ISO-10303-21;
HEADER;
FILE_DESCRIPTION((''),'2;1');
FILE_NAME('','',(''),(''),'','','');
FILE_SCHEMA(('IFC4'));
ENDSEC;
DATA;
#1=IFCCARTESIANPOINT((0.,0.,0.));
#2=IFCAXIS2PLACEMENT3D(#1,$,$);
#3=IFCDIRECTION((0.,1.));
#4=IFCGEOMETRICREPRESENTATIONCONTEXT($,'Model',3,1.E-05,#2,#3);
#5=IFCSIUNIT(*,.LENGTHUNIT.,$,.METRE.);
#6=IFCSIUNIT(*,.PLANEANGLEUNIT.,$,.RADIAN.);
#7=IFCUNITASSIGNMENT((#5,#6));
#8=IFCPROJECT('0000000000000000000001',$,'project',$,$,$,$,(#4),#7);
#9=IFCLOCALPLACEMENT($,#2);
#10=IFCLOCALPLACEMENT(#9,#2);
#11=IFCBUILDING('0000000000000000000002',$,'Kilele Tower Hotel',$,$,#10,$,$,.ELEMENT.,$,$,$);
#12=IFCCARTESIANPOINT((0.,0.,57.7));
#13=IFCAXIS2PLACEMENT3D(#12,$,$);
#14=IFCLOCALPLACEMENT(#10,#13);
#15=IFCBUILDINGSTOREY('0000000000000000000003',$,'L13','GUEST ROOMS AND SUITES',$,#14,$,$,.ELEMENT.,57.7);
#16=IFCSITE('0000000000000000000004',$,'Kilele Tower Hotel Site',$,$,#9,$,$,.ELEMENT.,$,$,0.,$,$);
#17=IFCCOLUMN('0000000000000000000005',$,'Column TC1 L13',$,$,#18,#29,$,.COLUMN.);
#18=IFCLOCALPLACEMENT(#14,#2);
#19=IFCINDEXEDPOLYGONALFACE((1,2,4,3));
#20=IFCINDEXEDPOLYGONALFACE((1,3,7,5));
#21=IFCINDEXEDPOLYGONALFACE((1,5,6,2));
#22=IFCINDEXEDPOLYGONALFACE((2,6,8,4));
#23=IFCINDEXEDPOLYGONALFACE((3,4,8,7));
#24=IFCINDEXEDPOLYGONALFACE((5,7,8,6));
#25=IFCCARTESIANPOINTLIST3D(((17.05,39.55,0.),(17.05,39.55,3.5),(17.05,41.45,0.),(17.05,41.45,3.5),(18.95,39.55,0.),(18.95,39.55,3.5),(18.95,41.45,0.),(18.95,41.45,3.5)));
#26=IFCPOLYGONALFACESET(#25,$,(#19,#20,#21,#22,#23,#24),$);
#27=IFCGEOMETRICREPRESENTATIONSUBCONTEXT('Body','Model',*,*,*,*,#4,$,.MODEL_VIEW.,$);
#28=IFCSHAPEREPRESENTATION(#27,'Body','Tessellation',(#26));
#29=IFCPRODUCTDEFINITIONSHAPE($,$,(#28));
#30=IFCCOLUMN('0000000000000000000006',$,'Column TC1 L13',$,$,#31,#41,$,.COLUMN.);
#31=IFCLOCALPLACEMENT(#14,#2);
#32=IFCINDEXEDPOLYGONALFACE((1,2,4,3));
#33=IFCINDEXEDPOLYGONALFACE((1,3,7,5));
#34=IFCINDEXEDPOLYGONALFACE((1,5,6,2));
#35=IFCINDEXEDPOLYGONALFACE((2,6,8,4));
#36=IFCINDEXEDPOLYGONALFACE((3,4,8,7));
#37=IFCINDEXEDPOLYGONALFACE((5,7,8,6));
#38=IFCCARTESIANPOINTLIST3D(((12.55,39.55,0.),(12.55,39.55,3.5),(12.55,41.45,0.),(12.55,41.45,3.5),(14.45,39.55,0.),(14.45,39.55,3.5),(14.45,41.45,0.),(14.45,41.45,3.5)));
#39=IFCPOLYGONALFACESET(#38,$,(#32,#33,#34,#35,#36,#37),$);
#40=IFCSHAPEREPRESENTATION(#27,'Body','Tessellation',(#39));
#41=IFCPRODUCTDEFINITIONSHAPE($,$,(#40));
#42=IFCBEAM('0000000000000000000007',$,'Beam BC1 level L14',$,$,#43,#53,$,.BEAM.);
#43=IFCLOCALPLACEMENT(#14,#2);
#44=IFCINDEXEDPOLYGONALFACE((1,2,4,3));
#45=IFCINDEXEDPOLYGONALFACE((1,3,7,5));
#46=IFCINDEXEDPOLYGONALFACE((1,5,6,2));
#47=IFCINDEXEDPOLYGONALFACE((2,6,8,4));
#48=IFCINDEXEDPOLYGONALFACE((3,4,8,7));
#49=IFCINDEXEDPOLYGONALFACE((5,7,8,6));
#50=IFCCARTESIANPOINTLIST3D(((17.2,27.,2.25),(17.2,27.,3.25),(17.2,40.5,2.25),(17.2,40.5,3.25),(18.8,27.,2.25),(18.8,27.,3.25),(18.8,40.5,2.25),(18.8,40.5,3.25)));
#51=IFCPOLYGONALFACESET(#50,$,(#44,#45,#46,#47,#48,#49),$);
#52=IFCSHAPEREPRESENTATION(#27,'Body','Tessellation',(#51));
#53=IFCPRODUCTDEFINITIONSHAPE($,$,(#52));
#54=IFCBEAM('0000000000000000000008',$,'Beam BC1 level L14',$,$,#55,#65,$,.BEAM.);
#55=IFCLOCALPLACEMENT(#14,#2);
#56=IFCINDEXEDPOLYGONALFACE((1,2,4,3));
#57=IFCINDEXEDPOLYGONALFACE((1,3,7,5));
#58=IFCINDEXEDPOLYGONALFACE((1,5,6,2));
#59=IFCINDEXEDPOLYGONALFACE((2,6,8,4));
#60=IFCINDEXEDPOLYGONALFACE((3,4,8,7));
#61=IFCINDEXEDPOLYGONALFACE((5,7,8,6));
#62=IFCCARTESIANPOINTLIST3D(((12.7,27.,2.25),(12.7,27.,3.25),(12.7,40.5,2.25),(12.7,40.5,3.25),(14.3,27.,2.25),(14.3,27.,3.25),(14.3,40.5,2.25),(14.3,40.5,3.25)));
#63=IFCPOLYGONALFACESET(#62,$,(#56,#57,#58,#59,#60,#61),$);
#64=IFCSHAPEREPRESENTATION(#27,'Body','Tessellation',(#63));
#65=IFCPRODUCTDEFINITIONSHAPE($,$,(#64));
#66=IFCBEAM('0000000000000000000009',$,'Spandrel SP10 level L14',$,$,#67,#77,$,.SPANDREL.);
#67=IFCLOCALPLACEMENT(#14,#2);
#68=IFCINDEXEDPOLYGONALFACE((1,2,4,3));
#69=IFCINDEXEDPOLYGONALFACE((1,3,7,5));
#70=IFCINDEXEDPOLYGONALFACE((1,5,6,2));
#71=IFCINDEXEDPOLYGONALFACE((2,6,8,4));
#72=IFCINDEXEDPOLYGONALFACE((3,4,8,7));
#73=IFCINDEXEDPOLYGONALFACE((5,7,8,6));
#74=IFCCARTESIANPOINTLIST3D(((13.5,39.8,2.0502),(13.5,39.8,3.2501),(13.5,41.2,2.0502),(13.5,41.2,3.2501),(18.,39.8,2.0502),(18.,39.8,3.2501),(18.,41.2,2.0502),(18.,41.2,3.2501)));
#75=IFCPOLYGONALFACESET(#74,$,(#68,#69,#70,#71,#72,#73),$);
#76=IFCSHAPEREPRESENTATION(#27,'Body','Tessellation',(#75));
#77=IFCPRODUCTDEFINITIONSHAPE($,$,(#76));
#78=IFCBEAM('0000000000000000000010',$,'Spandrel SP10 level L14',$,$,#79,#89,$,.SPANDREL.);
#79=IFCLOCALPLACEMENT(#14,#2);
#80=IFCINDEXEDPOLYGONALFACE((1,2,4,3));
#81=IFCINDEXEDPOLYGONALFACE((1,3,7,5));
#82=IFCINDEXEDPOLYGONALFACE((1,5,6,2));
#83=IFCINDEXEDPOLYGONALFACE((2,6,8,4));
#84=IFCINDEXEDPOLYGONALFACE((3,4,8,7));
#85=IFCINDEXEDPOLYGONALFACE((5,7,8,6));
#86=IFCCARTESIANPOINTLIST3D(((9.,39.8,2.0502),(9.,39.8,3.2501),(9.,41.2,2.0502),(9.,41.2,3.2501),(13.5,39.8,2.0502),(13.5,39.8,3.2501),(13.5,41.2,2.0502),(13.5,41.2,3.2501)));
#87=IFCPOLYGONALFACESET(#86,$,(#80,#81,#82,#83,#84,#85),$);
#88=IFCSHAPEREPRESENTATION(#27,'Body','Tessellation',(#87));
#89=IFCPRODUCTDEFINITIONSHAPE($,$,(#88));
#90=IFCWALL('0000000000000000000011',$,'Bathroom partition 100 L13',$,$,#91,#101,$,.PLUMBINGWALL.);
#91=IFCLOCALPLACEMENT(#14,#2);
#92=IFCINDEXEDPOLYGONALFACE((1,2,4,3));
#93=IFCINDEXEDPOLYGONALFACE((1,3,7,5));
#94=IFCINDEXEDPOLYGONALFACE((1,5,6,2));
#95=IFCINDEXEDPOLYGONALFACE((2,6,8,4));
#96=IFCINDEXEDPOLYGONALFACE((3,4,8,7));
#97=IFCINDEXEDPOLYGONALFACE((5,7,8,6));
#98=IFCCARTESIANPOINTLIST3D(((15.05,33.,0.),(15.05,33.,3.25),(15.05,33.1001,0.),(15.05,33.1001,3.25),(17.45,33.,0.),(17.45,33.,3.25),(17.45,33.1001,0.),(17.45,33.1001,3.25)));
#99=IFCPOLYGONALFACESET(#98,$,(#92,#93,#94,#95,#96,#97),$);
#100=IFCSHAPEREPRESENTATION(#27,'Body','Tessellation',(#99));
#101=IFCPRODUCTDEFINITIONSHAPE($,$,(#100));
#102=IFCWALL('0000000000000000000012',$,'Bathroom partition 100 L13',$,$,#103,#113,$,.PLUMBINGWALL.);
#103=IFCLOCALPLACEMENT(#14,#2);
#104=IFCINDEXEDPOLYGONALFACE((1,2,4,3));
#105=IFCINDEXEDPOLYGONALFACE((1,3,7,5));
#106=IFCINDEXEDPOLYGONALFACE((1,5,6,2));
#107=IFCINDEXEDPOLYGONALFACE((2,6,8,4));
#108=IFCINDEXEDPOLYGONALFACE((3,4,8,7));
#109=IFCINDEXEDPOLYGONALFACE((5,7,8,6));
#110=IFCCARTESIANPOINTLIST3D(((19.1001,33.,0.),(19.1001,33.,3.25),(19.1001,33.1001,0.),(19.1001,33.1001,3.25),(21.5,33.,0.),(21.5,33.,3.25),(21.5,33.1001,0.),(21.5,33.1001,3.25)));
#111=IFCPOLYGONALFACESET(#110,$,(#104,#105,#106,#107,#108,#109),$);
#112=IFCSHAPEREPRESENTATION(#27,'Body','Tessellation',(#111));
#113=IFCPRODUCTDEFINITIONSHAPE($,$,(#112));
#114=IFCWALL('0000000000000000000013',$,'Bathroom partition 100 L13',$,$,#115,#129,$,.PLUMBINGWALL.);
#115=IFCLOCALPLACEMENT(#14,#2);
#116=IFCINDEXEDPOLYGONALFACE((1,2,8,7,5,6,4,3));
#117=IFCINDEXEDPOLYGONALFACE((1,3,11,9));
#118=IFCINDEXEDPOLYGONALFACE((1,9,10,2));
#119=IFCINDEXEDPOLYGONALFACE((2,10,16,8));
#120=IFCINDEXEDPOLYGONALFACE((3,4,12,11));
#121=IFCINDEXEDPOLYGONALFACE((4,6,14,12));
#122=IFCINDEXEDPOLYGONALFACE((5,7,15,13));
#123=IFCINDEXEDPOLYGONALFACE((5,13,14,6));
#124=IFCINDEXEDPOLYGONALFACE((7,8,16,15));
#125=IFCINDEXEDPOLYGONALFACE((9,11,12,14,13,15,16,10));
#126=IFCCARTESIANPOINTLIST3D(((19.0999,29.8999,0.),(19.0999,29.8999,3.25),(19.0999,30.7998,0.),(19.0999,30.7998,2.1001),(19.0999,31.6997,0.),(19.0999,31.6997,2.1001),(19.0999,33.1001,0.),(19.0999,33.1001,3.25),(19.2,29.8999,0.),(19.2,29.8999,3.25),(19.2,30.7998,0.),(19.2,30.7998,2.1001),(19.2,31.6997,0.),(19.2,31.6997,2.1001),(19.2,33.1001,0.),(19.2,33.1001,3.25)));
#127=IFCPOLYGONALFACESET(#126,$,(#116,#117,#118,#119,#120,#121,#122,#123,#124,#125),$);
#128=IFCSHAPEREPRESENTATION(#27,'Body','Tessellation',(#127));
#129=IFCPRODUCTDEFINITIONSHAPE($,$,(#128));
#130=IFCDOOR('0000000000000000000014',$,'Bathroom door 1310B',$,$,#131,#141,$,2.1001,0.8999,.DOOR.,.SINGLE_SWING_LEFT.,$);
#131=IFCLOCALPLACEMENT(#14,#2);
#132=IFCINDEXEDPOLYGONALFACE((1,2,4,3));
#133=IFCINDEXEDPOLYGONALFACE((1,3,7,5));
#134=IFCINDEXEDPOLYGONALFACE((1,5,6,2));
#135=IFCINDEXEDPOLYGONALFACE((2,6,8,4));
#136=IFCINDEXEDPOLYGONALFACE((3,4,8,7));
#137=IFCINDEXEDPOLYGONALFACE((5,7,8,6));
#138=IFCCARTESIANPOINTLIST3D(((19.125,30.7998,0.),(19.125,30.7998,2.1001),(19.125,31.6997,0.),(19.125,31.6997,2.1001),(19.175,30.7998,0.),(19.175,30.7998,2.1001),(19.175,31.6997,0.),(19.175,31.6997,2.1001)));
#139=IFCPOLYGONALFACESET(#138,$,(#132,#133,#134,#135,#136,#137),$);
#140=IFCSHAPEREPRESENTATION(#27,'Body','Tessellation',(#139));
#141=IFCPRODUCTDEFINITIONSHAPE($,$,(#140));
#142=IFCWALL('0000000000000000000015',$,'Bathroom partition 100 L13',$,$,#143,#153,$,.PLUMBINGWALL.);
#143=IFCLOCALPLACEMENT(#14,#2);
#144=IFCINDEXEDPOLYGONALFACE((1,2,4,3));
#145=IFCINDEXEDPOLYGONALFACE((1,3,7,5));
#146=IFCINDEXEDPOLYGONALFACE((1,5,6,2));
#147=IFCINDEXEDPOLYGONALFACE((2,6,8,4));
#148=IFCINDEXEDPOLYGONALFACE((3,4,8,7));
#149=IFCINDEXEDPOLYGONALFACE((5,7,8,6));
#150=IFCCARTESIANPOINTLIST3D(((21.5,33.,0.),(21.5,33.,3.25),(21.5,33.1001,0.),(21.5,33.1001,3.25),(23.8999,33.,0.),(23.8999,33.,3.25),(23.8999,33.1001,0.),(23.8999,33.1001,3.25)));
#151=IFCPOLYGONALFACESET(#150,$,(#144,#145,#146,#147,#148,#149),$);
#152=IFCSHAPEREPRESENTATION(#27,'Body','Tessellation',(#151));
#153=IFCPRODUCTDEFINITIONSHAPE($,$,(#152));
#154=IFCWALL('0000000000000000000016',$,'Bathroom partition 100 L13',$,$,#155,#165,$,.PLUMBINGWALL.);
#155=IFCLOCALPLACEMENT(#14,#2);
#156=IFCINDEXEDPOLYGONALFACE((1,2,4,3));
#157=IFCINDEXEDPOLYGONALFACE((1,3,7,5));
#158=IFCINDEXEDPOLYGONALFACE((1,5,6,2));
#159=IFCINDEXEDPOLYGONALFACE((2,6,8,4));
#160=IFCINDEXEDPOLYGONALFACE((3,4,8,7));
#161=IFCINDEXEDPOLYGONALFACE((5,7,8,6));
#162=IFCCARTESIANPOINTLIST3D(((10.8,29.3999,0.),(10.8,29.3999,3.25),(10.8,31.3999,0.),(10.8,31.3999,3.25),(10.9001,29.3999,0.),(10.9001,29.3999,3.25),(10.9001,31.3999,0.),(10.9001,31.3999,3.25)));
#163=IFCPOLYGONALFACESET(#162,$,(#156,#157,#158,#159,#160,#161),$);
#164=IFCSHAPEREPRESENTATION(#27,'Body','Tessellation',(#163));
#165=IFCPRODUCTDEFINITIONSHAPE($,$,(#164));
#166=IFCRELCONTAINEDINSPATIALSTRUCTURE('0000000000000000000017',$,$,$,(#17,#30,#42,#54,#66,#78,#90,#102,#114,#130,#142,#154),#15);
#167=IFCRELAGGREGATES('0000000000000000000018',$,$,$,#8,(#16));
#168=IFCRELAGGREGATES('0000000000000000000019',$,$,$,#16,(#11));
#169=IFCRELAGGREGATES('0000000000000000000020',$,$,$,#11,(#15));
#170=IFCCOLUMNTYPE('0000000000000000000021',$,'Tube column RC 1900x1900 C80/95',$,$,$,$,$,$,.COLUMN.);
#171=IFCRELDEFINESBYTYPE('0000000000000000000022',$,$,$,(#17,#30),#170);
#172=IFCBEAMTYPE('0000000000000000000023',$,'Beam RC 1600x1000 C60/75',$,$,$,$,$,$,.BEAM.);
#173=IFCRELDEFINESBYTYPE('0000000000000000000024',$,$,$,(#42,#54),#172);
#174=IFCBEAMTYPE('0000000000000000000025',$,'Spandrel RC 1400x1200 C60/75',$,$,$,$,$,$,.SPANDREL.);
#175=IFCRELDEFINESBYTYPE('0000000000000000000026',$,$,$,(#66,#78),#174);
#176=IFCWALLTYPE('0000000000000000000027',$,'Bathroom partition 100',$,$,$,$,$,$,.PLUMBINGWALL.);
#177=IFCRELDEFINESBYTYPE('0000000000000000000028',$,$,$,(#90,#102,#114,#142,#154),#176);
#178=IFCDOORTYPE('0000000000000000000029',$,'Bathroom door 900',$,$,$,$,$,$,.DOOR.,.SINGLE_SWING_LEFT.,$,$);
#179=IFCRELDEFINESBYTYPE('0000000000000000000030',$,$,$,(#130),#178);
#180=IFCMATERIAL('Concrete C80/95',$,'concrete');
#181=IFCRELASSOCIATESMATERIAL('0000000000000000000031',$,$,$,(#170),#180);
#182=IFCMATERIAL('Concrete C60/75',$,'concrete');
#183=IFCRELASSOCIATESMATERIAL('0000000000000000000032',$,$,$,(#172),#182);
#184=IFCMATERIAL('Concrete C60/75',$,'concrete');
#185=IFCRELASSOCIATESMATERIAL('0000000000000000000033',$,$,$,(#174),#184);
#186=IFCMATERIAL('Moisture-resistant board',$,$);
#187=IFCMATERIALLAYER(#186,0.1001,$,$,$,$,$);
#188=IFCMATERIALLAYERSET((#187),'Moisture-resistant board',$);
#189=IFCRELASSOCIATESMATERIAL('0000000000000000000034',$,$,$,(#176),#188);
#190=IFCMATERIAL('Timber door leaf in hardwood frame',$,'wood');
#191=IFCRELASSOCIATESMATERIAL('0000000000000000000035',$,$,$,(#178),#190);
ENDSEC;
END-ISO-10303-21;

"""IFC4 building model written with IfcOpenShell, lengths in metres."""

from ifc_helpers import new_model, si_unit, direction, frame, frame_2d, origin, origin_2d, place, context, subcontext, project, spatial, rectangle, extrude, material, layer, layer_set, material_profile, profile_set, type_object, element, fill, save


model = new_model("IFC4")

# Units and contexts
model_context = context("Model", 3, precision=1e-05, world=origin(), true_north=direction((0.0, 1.0)))
body_context = subcontext(model_context, "Body", "Model", "MODEL_VIEW")
ifc_project = project(units=[si_unit("LENGTHUNIT", "METRE"), si_unit("PLANEANGLEUNIT", "RADIAN")], contexts=[model_context])

# Site, building, storey
site_placement = place(None, origin())
site = spatial("IfcSite", under=ifc_project, at=site_placement, Name="Kilele Tower Hotel Site", CompositionType="ELEMENT", RefElevation=0.0)
building_placement = place(site_placement, origin())
building = spatial("IfcBuilding", under=site, at=building_placement, Name="Kilele Tower Hotel", CompositionType="ELEMENT")
storey_placement = place(building_placement, frame((0.0, 0.0, 57.7)))
storey = spatial("IfcBuildingStorey", under=building, at=storey_placement, Name="L13", Description="GUEST ROOMS AND SUITES", CompositionType="ELEMENT", Elevation=57.7)

# Columns
ifc_material_1 = material(Name="Concrete C80/95", Category="concrete")
ifc_material_profile_1 = material_profile(ifc_material_1, rectangle(XDim=1.8999, YDim=1.8999, at=origin_2d()))
ifc_profile_set_1 = profile_set([ifc_material_profile_1], Name="Concrete C80/95")
column_type = type_object("IfcColumnType", Name="Tube column RC 1900x1900 C80/95", PredefinedType="COLUMN", material=ifc_profile_set_1)
for number, where, z_axis, x_axis, name in (
    (1, (18.0, 40.5, 0.0), (0.0, 0.0, 1.0), (1.0, 0.0, 0.0), "Column TC1 L13"),
    (2, (13.5, 40.5, 0.0), (0.0, 0.0, 1.0), (1.0, 0.0, 0.0), "Column TC1 L13"),
):
    element("IfcColumn", number, at=place(storey_placement, frame(where, z_axis=z_axis, x_axis=x_axis)), inside=storey, type_object=column_type, Name=name, PredefinedType="COLUMN", context=body_context, shape_type="SweptSolid", body=[
        extrude(rectangle(XDim=1.8999, YDim=1.8999, at=origin_2d()), origin(), (0.0, 0.0, 1.0), 3.5),
    ])

# Beams
ifc_material_2 = material(Name="Concrete C60/75", Category="concrete")
ifc_material_profile_2 = material_profile(ifc_material_2, rectangle(XDim=1.6001, YDim=1.0, at=origin_2d()))
ifc_profile_set_2 = profile_set([ifc_material_profile_2], Name="Concrete C60/75")
beam_type_1 = type_object("IfcBeamType", Name="Beam RC 1600x1000 C60/75", PredefinedType="BEAM", material=ifc_profile_set_2)
for number, where, z_axis, x_axis, name in (
    (3, (18.0, 40.5, 2.75), (0.0, -1.0, 0.0), (1.0, 0.0, 0.0), "Beam BC1 level L14"),
    (4, (13.5, 40.5, 2.75), (0.0, -1.0, 0.0), (1.0, 0.0, 0.0), "Beam BC1 level L14"),
):
    element("IfcBeam", number, at=place(storey_placement, frame(where, z_axis=z_axis, x_axis=x_axis)), inside=storey, type_object=beam_type_1, Name=name, PredefinedType="BEAM", context=body_context, shape_type="SweptSolid", body=[
        extrude(rectangle(XDim=1.6001, YDim=1.0, at=origin_2d()), origin(), (0.0, 0.0, 1.0), 13.5),
    ])
ifc_material_3 = material(Name="Concrete C60/75", Category="concrete")
ifc_material_profile_3 = material_profile(ifc_material_3, rectangle(XDim=1.3999, YDim=1.2, at=origin_2d()))
ifc_profile_set_3 = profile_set([ifc_material_profile_3], Name="Concrete C60/75")
beam_type_2 = type_object("IfcBeamType", Name="Spandrel RC 1400x1200 C60/75", PredefinedType="SPANDREL", material=ifc_profile_set_3)
for number, where, z_axis, x_axis, name in (
    (5, (18.0, 40.5, 2.6501), (-1.0, 0.0, 0.0), (0.0, -1.0, 0.0), "Spandrel SP10 level L14"),
    (6, (13.5, 40.5, 2.6501), (-1.0, 0.0, 0.0), (0.0, -1.0, 0.0), "Spandrel SP10 level L14"),
):
    element("IfcBeam", number, at=place(storey_placement, frame(where, z_axis=z_axis, x_axis=x_axis)), inside=storey, type_object=beam_type_2, Name=name, PredefinedType="SPANDREL", context=body_context, shape_type="SweptSolid", body=[
        extrude(rectangle(XDim=1.3999, YDim=1.2, at=origin_2d()), origin(), (0.0, 0.0, 1.0), 4.5),
    ])

# Walls
ifc_material_4 = material(Name="Moisture-resistant board")
ifc_layer_1 = layer(ifc_material_4, 0.1001)
ifc_layer_set_1 = layer_set([ifc_layer_1], Name="Moisture-resistant board")
wall_type_1 = type_object("IfcWallType", Name="Bathroom partition 100", PredefinedType="PLUMBINGWALL", material=ifc_layer_set_1)
for number, where, z_axis, x_axis, name in (
    (7, (15.05, 33.05, 0.0), (0.0, 0.0, 1.0), (1.0, 0.0, 0.0), "Bathroom partition 100 L13"),
    (8, (19.1001, 33.05, 0.0), (0.0, 0.0, 1.0), (1.0, 0.0, 0.0), "Bathroom partition 100 L13"),
):
    element("IfcWall", number, at=place(storey_placement, frame(where, z_axis=z_axis, x_axis=x_axis)), inside=storey, type_object=wall_type_1, Name=name, PredefinedType="PLUMBINGWALL", context=body_context, shape_type="SweptSolid", body=[
        extrude(rectangle(XDim=2.3999, YDim=0.1001, at=frame_2d((1.2, 0.0))), origin(), (0.0, 0.0, 1.0), 3.25),
    ])

# Wall, opening, door
wall_1_placement = place(storey_placement, frame((19.1499, 29.8999, 0.0), z_axis=(0.0, 0.0, 1.0), x_axis=(0.0, 1.0, 0.0)))
wall_1 = element("IfcWall", 9, at=wall_1_placement, inside=storey, type_object=wall_type_1, Name="Bathroom partition 100 L13", PredefinedType="PLUMBINGWALL", context=body_context, shape_type="SweptSolid", body=[
    extrude(rectangle(XDim=3.2002, YDim=0.1001, at=frame_2d((1.6001, 0.0))), origin(), (0.0, 0.0, 1.0), 3.25),
])
opening_1_placement = place(wall_1_placement, frame((0.8999, 0.0, 0.0)))
opening_1 = element("IfcOpeningElement", 10, at=opening_1_placement, cuts=wall_1, PredefinedType="OPENING", context=body_context, shape_type="SweptSolid", body=[
    extrude(rectangle(XDim=0.8999, YDim=2.1001, at=frame_2d((0.45, 1.05))), frame((0.0, 0.0601, 0.0), z_axis=(0.0, -1.0, 0.0), x_axis=(1.0, 0.0, 0.0)), (0.0, 0.0, 1.0), 0.1201),
])
ifc_material_5 = material(Name="Timber door leaf in hardwood frame", Category="wood")
door_type_1 = type_object("IfcDoorType", Name="Bathroom door 900", OperationType="SINGLE_SWING_LEFT", PredefinedType="DOOR", material=ifc_material_5)
door_1_placement = place(opening_1_placement, origin())
door_1 = element("IfcDoor", 11, at=door_1_placement, inside=storey, type_object=door_type_1, Name="Bathroom door 1310B", OperationType="SINGLE_SWING_LEFT", OverallHeight=2.1001, OverallWidth=0.8999, PredefinedType="DOOR", context=body_context, shape_type="SweptSolid", body=[
    extrude(rectangle(XDim=0.8999, YDim=2.1001, at=frame_2d((0.45, 1.05))), frame((0.0, 0.0249, 0.0), z_axis=(0.0, -1.0, 0.0), x_axis=(1.0, 0.0, 0.0)), (0.0, 0.0, 1.0), 0.05),
])
fill(opening_1, door_1)

# Walls
wall_2_placement = place(storey_placement, frame((21.5, 33.05, 0.0), z_axis=(0.0, 0.0, 1.0), x_axis=(1.0, 0.0, 0.0)))
element("IfcWall", 12, at=wall_2_placement, inside=storey, type_object=wall_type_1, Name="Bathroom partition 100 L13", PredefinedType="PLUMBINGWALL", context=body_context, shape_type="SweptSolid", body=[
    extrude(rectangle(XDim=2.3999, YDim=0.1001, at=frame_2d((1.2, 0.0))), origin(), (0.0, 0.0, 1.0), 3.25),
])
wall_3_placement = place(storey_placement, frame((10.8501, 31.3999, 0.0), z_axis=(0.0, 0.0, 1.0), x_axis=(0.0, -1.0, 0.0)))
element("IfcWall", 13, at=wall_3_placement, inside=storey, type_object=wall_type_1, Name="Bathroom partition 100 L13", PredefinedType="PLUMBINGWALL", context=body_context, shape_type="SweptSolid", body=[
    extrude(rectangle(XDim=2.0, YDim=0.1001, at=frame_2d((1.0, 0.0))), origin(), (0.0, 0.0, 1.0), 3.25),
])

save(model, "model.ifc")
